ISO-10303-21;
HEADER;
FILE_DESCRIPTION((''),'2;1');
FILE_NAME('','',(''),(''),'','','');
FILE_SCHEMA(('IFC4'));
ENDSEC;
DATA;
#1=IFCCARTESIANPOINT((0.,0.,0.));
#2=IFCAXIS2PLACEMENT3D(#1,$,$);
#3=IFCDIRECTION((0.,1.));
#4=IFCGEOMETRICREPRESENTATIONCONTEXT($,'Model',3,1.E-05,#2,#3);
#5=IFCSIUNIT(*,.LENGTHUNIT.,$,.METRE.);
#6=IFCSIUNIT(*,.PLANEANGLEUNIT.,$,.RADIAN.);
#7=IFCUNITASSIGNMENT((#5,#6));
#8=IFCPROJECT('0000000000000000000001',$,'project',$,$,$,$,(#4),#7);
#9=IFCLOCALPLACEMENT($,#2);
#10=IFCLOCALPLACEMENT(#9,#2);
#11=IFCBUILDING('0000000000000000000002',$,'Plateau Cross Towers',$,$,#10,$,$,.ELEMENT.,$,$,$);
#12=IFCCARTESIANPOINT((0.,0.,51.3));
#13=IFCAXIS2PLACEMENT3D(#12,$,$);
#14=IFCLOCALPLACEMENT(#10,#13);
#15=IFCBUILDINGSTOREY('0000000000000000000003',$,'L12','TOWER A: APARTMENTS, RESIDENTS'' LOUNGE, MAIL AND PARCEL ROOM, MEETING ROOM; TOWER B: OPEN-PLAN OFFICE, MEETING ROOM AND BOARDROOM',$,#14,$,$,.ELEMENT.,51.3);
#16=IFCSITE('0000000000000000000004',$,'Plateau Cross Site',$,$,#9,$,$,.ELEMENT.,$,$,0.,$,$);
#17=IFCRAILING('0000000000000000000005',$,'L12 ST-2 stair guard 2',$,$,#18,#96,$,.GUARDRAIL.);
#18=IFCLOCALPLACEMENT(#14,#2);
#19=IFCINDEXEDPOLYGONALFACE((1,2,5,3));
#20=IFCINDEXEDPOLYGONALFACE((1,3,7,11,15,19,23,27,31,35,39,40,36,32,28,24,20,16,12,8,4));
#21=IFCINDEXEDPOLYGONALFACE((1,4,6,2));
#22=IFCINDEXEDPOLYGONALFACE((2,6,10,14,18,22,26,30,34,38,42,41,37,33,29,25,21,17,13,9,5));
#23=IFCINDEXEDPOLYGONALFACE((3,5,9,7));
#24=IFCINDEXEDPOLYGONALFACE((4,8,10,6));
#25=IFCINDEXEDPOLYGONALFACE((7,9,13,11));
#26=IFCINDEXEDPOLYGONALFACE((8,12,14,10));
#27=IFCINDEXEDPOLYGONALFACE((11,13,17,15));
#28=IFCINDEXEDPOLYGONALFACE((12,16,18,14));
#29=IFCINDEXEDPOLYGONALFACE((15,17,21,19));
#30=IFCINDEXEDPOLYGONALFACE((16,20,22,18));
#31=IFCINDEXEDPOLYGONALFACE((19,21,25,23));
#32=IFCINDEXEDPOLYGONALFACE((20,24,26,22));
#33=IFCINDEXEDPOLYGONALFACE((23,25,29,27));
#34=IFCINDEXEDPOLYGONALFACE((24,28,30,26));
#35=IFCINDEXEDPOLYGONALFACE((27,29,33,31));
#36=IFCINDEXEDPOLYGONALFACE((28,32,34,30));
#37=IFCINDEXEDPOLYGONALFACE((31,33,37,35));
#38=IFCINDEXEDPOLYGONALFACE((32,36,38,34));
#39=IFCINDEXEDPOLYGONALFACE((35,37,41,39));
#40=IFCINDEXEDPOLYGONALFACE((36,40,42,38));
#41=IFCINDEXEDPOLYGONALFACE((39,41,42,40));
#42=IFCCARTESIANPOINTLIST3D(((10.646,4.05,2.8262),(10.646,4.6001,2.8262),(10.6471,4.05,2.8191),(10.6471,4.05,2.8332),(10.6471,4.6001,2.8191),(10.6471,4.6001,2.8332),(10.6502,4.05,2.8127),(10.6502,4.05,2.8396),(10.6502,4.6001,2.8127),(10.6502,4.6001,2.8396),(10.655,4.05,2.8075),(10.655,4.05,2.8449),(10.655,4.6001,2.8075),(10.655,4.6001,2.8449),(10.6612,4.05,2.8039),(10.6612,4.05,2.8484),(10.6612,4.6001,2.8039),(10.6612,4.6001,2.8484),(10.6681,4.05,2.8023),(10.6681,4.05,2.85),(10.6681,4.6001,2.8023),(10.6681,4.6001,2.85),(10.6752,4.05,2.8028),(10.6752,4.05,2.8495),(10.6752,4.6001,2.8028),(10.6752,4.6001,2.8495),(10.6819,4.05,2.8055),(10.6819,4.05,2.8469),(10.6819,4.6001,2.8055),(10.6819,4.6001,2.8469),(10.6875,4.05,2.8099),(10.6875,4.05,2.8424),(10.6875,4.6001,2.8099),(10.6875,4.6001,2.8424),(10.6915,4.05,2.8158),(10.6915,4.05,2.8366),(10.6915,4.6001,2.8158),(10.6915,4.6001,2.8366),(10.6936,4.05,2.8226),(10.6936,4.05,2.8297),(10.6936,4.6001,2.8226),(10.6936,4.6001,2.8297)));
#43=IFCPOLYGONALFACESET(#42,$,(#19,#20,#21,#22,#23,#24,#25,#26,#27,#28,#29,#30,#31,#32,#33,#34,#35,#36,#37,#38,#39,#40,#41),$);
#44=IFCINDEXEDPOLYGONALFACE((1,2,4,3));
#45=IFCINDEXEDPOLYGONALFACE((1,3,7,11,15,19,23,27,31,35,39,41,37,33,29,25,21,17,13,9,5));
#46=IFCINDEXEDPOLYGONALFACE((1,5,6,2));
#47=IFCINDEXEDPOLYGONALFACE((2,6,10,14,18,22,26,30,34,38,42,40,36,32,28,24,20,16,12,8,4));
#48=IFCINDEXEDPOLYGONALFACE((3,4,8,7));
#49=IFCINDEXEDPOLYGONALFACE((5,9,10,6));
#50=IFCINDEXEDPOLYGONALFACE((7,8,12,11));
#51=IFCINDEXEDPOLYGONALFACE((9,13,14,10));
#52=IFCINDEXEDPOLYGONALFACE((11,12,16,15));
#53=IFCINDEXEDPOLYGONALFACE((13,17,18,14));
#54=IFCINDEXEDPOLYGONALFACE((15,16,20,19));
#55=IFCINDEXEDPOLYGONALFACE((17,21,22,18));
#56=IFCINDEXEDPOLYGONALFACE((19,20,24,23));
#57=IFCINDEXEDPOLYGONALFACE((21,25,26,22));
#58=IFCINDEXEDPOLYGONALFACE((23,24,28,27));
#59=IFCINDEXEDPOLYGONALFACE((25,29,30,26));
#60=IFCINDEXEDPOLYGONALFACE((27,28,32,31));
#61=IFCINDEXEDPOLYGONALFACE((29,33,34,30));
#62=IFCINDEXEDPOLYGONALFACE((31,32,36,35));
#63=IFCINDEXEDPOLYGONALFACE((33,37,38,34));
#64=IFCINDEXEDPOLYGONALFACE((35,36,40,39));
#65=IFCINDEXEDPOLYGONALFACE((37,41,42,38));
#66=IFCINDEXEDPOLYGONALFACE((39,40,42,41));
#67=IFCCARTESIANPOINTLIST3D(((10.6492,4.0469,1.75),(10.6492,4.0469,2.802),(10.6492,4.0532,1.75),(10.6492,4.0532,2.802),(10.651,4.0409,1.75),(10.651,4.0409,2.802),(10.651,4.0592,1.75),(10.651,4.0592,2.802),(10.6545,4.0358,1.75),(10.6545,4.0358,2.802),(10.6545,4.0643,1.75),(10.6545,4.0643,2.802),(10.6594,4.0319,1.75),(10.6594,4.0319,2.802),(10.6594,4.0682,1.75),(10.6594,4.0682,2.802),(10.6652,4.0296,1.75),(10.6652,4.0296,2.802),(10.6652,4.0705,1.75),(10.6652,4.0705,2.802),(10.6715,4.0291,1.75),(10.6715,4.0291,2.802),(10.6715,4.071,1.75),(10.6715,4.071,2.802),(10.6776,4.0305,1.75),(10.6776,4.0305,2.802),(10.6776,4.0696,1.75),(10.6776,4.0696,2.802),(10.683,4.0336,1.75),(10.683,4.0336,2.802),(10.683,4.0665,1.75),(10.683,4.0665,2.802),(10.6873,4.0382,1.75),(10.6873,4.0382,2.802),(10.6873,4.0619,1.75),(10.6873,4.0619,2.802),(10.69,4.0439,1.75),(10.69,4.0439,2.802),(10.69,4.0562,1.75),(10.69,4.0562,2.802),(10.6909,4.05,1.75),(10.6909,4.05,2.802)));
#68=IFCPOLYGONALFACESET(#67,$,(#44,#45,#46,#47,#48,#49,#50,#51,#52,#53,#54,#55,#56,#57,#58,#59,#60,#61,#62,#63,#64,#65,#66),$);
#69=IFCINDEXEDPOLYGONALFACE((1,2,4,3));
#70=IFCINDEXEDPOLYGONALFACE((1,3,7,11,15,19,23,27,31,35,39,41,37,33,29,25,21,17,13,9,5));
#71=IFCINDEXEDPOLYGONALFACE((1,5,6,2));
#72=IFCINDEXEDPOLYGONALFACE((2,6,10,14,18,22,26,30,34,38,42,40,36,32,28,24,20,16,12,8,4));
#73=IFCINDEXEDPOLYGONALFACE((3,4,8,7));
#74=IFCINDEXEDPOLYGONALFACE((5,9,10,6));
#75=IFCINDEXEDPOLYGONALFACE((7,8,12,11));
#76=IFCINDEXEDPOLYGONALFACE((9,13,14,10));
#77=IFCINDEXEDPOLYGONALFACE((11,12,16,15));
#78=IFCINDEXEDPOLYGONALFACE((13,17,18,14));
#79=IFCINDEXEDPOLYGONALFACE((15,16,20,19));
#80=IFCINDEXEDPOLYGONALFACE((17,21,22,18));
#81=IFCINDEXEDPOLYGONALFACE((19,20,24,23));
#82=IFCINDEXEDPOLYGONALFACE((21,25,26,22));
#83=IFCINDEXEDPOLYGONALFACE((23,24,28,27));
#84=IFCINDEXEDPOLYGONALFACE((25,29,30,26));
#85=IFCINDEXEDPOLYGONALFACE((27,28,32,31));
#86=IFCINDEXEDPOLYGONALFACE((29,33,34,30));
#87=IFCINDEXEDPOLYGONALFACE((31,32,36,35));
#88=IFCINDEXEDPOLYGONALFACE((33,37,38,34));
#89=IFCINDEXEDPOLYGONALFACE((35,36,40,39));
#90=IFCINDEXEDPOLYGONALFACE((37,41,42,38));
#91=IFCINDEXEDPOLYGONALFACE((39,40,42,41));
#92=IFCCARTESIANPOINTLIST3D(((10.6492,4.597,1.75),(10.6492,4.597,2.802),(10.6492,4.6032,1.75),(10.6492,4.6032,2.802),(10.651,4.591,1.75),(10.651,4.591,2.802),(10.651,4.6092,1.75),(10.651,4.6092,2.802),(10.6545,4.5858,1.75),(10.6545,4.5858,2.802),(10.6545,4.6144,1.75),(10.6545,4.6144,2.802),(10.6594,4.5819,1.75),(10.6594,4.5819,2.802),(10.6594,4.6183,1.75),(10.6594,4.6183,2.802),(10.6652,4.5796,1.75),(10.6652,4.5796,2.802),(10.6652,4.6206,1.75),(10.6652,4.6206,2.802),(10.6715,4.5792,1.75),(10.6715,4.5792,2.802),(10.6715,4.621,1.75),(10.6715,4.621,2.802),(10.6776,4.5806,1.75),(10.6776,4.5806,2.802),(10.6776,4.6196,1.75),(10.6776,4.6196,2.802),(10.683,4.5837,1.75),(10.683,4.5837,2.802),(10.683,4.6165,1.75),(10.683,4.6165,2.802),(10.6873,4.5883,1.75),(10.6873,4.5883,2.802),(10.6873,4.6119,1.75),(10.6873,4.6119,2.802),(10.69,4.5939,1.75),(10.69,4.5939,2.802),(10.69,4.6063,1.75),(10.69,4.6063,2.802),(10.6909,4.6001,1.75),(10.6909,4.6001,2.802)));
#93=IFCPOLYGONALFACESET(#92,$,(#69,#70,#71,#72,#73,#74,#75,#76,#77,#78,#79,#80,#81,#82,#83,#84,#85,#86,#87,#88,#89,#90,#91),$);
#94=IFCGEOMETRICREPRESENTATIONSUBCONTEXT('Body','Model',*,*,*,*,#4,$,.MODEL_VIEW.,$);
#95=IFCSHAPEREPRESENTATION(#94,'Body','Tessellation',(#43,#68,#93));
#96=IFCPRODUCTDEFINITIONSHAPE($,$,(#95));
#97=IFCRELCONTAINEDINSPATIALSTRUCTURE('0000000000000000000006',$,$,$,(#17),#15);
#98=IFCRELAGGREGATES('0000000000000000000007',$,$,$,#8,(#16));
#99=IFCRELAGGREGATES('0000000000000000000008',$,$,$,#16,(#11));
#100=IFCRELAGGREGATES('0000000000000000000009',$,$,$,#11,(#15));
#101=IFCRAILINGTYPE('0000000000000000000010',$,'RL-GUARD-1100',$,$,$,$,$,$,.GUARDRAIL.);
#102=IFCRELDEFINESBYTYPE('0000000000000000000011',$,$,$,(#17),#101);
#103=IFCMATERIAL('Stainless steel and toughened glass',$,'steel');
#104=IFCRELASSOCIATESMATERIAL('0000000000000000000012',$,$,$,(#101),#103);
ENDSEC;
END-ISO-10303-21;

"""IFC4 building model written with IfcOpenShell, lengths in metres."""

from ifc_helpers import new_model, si_unit, direction, frame, origin, origin_2d, place, context, subcontext, project, spatial, circle, extrude, material, type_object, element, save


model = new_model("IFC4")

# Units and contexts
model_context = context("Model", 3, precision=1e-05, world=origin(), true_north=direction((0.0, 1.0)))
body_context = subcontext(model_context, "Body", "Model", "MODEL_VIEW")
ifc_project = project(units=[si_unit("LENGTHUNIT", "METRE"), si_unit("PLANEANGLEUNIT", "RADIAN")], contexts=[model_context])

# Site, building, storey
site_placement = place(None, origin())
site = spatial("IfcSite", under=ifc_project, at=site_placement, Name="Plateau Cross Site", CompositionType="ELEMENT", RefElevation=0.0)
building_placement = place(site_placement, origin())
building = spatial("IfcBuilding", under=site, at=building_placement, Name="Plateau Cross Towers", CompositionType="ELEMENT")
storey_placement = place(building_placement, frame((0.0, 0.0, 51.3)))
storey = spatial("IfcBuildingStorey", under=building, at=storey_placement, Name="L12", Description="TOWER A: APARTMENTS, RESIDENTS' LOUNGE, MAIL AND PARCEL ROOM, MEETING ROOM; TOWER B: OPEN-PLAN OFFICE, MEETING ROOM AND BOARDROOM", CompositionType="ELEMENT", Elevation=51.3)

# Railing
ifc_material_1 = material(Name="Stainless steel and toughened glass", Category="steel")
railing_type_1 = type_object("IfcRailingType", Name="RL-GUARD-1100", PredefinedType="GUARDRAIL", material=ifc_material_1)
railing_1_placement = place(storey_placement, frame((10.6699, 4.05, 1.75)))
element("IfcRailing", 1, at=railing_1_placement, inside=storey, type_object=railing_type_1, Name="L12 ST-2 stair guard 2", PredefinedType="GUARDRAIL", context=body_context, shape_type="SweptSolid", body=[
    extrude(circle(Radius=0.0239, at=origin_2d()), frame((0.0, 0.0, 1.0762), z_axis=(0.0, 1.0, 0.0), x_axis=(-1.0, 0.0, 0.0)), (0.0, 0.0, 1.0), 0.55),
    extrude(circle(Radius=0.021, at=origin_2d()), origin(), (0.0, 0.0, 1.0), 1.052),
    extrude(circle(Radius=0.021, at=origin_2d()), frame((0.0, 0.55, 0.0)), (0.0, 0.0, 1.0), 1.052),
])

save(model, "model.ifc")
